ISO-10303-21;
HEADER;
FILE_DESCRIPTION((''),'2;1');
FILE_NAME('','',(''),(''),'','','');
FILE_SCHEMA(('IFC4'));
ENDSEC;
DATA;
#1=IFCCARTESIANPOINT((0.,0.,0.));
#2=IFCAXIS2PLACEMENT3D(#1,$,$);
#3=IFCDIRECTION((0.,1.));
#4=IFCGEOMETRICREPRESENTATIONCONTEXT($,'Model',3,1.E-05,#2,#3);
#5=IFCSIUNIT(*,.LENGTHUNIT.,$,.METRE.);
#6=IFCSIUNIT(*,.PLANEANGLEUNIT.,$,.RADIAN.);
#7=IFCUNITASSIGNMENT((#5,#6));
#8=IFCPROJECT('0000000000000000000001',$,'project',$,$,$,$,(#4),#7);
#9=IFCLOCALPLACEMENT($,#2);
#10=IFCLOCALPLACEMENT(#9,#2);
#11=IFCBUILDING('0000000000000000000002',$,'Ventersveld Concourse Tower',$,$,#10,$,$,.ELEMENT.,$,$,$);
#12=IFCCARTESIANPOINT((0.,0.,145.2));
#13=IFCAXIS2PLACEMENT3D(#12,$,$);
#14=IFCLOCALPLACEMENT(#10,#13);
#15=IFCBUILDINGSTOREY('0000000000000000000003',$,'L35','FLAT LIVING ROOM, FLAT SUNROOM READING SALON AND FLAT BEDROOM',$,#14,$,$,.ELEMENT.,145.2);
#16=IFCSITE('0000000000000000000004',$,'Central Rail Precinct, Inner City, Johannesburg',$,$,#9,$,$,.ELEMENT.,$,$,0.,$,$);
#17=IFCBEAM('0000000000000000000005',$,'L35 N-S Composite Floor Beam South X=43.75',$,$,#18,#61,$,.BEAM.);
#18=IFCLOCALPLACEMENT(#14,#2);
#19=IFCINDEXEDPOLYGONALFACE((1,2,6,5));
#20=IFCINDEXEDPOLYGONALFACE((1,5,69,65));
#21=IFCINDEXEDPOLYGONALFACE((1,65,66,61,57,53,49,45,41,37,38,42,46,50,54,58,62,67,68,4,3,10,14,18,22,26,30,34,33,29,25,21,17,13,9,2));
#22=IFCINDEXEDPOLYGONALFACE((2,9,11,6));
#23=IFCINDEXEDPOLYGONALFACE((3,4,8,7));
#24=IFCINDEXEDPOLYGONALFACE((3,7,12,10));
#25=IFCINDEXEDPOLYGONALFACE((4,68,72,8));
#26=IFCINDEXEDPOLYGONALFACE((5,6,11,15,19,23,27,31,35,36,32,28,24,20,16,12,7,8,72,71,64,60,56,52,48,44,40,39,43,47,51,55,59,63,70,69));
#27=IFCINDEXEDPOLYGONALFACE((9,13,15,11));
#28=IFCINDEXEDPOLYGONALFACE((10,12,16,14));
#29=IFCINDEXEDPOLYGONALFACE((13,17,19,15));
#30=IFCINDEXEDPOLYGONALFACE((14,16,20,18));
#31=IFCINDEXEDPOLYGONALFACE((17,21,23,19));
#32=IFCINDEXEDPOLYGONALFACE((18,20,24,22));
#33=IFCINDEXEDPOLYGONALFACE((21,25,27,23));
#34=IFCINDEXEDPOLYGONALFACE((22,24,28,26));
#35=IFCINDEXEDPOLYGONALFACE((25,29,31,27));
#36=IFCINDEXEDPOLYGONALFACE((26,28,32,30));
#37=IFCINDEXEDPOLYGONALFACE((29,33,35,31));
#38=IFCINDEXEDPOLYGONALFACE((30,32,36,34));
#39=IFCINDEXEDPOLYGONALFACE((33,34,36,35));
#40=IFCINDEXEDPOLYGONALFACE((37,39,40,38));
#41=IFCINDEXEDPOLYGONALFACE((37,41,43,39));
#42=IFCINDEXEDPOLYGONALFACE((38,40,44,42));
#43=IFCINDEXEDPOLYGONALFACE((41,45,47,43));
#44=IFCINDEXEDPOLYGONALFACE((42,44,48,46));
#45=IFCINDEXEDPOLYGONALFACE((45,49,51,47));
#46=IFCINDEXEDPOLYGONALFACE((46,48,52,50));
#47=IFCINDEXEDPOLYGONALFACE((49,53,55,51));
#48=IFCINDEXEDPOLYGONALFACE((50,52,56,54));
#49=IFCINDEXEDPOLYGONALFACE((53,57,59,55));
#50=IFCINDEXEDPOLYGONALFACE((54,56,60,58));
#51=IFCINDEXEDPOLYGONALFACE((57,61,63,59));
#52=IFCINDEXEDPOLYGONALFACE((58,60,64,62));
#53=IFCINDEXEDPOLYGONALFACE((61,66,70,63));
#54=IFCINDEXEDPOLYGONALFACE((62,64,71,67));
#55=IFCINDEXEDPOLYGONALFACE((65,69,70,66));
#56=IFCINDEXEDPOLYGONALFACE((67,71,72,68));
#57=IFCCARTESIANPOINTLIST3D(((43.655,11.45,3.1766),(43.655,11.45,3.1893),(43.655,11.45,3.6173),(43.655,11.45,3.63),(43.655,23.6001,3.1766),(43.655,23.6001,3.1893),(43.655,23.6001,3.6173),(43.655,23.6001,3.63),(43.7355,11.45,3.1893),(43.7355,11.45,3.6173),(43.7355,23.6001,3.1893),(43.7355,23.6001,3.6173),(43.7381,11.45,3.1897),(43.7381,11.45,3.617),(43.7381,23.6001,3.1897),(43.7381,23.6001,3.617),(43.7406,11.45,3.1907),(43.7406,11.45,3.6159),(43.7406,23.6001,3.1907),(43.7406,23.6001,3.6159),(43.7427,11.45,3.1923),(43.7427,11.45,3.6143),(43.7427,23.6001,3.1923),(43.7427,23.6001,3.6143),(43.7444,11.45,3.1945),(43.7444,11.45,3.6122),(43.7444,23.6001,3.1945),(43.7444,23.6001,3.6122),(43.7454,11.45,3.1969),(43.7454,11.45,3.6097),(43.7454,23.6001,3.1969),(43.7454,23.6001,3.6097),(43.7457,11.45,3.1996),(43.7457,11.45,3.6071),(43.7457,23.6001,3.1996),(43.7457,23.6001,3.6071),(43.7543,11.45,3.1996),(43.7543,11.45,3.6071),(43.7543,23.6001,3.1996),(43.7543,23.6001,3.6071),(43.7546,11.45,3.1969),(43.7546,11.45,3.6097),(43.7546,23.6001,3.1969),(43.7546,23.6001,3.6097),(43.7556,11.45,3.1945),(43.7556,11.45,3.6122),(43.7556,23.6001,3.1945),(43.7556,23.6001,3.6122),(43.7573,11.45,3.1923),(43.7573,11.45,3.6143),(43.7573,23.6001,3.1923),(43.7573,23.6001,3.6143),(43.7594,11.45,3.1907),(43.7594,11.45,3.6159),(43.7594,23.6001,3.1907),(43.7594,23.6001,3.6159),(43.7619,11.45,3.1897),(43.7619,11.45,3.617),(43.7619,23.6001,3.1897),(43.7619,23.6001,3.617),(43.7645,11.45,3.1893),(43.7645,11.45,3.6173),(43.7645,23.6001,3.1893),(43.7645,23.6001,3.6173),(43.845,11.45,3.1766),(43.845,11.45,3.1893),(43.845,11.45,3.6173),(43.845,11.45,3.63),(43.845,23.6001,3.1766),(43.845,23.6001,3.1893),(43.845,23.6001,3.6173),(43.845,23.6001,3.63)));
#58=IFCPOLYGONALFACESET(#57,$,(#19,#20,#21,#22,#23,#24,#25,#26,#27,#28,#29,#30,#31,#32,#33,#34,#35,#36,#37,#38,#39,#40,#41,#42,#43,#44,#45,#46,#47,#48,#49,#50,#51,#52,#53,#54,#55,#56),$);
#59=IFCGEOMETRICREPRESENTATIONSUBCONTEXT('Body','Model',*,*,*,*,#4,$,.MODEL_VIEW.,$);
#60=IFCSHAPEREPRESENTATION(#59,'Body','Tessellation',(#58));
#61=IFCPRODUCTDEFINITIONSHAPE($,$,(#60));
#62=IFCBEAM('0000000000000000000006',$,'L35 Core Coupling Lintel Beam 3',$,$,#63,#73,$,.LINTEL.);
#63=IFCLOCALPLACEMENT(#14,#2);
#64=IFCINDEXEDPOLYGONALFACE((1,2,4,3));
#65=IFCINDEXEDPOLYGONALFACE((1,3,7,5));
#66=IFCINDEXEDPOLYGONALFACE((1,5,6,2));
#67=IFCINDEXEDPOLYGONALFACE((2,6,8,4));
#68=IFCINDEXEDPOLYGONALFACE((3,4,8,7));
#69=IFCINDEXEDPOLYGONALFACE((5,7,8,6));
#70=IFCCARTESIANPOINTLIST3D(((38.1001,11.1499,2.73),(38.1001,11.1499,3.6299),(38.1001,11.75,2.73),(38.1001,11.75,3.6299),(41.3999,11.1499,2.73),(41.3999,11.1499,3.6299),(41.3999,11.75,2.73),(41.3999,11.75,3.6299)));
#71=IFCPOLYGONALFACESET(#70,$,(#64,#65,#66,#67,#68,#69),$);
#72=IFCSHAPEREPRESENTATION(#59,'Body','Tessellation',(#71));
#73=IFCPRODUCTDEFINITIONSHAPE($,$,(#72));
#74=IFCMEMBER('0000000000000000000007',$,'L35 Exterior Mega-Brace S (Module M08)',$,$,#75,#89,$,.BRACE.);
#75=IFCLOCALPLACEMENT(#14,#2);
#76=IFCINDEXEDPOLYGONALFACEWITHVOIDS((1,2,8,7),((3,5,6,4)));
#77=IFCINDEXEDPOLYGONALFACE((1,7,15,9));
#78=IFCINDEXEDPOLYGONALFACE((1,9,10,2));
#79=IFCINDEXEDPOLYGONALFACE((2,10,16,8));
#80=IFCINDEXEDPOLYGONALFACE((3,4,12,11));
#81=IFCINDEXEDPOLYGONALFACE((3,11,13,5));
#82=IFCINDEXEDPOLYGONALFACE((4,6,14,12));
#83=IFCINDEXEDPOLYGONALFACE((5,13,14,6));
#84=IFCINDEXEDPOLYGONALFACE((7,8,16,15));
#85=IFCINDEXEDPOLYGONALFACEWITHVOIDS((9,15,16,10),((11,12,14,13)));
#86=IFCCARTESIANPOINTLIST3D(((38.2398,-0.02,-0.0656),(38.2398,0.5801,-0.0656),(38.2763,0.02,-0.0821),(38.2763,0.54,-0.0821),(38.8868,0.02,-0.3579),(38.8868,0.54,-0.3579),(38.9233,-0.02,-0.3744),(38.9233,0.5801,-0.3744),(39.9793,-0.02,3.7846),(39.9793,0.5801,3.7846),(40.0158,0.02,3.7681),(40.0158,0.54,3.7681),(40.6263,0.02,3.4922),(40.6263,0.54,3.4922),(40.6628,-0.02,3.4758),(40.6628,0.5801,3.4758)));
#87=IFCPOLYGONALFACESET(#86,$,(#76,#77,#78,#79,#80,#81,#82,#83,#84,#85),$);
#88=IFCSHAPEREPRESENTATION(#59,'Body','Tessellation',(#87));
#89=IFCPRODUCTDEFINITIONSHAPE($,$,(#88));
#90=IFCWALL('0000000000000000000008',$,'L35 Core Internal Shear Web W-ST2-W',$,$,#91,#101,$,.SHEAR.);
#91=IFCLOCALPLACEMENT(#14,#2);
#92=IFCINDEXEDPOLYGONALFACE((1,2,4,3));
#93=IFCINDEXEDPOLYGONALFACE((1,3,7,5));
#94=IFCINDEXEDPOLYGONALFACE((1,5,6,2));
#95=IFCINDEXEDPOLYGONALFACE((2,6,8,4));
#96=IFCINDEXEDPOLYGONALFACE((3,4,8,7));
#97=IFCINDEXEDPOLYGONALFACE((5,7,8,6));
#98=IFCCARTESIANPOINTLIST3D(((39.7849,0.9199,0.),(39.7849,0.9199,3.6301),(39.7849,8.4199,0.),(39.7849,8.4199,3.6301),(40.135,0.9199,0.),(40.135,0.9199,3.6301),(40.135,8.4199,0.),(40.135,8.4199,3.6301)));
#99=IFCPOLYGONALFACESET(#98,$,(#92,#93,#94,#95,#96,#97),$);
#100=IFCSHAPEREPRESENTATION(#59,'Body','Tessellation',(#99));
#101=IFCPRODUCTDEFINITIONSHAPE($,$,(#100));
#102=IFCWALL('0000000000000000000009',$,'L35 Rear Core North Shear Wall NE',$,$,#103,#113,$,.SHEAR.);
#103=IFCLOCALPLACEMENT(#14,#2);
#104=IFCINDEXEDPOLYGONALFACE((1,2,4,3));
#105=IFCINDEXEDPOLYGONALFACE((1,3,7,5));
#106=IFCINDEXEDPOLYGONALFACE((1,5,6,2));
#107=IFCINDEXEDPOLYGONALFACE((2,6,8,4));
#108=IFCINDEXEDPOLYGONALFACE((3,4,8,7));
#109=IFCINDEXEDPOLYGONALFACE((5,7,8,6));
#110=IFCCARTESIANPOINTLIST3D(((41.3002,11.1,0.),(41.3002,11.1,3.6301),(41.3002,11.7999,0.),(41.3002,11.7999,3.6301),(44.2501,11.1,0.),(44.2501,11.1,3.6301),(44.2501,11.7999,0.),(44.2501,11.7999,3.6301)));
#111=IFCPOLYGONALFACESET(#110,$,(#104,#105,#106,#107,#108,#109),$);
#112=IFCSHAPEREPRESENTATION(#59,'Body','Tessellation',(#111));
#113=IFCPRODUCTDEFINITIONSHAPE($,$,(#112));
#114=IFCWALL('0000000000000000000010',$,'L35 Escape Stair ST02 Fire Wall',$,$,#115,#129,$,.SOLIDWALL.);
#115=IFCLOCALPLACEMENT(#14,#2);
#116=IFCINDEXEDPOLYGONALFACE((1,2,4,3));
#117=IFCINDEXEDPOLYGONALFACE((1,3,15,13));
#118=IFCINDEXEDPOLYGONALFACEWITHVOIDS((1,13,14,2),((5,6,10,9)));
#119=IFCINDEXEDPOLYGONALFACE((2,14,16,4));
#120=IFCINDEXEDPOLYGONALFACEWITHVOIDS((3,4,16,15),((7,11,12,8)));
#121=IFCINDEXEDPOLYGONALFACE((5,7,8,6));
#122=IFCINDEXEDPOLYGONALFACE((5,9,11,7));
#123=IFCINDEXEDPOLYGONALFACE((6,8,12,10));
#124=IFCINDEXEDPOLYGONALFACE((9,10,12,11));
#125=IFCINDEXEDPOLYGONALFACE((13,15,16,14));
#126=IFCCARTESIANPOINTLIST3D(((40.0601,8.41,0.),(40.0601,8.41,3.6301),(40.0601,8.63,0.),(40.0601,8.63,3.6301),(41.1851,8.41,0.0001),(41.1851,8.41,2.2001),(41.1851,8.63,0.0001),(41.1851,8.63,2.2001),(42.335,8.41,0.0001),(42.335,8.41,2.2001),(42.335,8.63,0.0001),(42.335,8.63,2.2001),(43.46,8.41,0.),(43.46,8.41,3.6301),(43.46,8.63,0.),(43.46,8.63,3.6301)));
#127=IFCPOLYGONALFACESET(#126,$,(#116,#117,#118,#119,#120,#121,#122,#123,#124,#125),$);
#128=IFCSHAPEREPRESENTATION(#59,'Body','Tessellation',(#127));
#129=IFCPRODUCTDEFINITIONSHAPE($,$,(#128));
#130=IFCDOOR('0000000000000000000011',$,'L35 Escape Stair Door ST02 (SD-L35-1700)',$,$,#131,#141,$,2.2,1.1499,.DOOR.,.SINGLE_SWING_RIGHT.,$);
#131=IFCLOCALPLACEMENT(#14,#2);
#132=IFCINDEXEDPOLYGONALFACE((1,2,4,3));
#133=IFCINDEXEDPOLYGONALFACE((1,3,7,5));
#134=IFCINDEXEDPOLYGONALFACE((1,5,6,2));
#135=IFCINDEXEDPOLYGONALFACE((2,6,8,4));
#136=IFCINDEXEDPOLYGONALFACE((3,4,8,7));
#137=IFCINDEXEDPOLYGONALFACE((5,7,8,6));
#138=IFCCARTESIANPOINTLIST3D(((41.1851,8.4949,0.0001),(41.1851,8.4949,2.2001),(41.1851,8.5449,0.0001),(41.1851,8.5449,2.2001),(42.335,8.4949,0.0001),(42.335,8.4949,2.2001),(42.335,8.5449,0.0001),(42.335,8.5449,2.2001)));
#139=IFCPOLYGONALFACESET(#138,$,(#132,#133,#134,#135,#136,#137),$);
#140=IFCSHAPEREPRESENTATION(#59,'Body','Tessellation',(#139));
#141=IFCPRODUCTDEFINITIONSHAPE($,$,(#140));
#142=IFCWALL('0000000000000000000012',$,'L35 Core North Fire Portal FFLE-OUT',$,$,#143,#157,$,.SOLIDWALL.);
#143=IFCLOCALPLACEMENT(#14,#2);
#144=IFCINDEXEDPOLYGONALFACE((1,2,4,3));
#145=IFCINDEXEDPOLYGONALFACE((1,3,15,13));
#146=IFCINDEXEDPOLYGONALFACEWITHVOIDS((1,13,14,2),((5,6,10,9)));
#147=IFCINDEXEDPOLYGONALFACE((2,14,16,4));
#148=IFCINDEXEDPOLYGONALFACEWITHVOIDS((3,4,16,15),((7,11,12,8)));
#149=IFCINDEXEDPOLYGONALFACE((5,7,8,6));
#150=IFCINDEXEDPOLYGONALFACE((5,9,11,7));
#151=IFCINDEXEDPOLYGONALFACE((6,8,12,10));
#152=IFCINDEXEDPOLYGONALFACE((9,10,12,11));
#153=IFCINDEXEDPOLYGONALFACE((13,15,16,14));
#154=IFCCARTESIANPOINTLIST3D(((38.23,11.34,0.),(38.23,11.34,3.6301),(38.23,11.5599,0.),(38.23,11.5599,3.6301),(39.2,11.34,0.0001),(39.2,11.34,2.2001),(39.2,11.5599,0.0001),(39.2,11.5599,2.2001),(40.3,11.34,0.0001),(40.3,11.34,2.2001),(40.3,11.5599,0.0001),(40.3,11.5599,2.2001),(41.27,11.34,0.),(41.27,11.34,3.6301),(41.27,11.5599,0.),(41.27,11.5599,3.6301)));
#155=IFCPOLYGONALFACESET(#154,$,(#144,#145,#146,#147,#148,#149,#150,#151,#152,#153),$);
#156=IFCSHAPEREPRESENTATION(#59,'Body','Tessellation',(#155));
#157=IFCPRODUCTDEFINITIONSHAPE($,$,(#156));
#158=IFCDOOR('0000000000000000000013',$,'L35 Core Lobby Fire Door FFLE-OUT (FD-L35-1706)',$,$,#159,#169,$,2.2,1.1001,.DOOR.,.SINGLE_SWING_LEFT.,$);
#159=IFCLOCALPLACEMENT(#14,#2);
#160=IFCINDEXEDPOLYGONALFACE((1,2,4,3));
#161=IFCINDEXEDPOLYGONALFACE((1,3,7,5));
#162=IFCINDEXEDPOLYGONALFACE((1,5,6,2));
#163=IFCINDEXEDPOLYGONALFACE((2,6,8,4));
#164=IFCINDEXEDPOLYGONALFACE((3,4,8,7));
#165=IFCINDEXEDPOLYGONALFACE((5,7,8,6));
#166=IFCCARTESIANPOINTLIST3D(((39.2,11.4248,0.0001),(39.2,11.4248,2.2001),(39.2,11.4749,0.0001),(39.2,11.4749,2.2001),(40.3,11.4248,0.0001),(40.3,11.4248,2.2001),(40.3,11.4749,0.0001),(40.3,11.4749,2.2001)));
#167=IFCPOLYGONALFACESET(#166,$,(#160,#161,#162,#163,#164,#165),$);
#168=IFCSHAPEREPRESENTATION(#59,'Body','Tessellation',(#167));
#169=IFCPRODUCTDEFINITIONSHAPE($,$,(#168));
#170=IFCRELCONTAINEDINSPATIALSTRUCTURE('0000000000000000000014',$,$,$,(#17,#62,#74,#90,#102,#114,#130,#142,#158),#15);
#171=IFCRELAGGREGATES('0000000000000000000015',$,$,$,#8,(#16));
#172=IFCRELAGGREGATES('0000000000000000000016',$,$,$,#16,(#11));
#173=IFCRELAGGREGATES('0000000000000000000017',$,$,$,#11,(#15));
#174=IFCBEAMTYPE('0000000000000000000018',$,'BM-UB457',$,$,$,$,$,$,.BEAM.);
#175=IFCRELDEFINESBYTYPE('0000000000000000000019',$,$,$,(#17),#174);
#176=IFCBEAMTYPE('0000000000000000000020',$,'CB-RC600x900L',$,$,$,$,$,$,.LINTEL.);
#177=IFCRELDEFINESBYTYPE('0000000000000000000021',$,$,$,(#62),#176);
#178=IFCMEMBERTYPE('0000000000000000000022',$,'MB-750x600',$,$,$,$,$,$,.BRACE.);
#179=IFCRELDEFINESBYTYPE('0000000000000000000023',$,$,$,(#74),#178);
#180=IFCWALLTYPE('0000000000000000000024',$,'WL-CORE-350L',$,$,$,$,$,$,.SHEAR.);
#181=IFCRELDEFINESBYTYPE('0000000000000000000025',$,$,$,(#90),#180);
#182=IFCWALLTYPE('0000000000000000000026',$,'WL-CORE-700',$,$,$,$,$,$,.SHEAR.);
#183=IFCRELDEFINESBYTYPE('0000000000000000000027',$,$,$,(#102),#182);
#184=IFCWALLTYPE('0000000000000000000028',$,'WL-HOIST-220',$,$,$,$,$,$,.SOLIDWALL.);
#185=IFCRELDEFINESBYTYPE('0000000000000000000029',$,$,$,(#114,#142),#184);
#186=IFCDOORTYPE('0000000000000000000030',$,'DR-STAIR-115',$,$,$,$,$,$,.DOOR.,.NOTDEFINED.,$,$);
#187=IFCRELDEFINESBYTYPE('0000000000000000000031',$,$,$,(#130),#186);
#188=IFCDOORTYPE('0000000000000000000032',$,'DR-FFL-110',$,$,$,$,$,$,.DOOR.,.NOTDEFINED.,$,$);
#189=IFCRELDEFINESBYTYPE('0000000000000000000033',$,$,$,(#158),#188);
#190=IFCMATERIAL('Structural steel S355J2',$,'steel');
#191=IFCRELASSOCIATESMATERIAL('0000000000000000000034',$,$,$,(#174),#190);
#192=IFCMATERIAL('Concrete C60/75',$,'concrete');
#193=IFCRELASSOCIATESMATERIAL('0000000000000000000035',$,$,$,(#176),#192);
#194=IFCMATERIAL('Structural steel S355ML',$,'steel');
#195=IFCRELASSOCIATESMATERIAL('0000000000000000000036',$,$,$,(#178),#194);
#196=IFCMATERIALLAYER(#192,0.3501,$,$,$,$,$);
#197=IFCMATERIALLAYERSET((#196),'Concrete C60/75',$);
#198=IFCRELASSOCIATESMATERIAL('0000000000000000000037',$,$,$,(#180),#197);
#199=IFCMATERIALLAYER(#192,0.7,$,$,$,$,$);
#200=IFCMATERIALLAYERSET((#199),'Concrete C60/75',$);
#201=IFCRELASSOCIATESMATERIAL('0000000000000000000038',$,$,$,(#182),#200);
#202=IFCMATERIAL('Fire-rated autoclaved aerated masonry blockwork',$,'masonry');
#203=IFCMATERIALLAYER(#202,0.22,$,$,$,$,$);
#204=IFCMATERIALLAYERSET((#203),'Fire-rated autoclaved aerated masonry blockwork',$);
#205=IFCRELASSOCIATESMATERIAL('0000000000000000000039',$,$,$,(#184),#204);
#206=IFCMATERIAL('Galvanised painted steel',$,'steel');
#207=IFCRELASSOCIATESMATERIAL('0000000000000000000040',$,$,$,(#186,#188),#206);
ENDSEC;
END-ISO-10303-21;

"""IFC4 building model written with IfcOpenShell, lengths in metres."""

from ifc_helpers import new_model, si_unit, direction, frame, frame_2d, origin, origin_2d, place, context, subcontext, project, spatial, rectangle, hollow_rectangle, i_section, extrude, material, layer, layer_set, material_profile, profile_set, type_object, element, fill, save


model = new_model("IFC4")

# Units and contexts
model_context = context("Model", 3, precision=1e-05, world=origin(), true_north=direction((0.0, 1.0)))
body_context = subcontext(model_context, "Body", "Model", "MODEL_VIEW")
ifc_project = project(units=[si_unit("LENGTHUNIT", "METRE"), si_unit("PLANEANGLEUNIT", "RADIAN")], contexts=[model_context])

# Site, building, storey
site_placement = place(None, origin())
site = spatial("IfcSite", under=ifc_project, at=site_placement, Name="Central Rail Precinct, Inner City, Johannesburg", CompositionType="ELEMENT", RefElevation=0.0)
building_placement = place(site_placement, origin())
building = spatial("IfcBuilding", under=site, at=building_placement, Name="Ventersveld Concourse Tower", CompositionType="ELEMENT")
storey_placement = place(building_placement, frame((0.0, 0.0, 145.2)))
storey = spatial("IfcBuildingStorey", under=building, at=storey_placement, Name="L35", Description="FLAT LIVING ROOM, FLAT SUNROOM READING SALON AND FLAT BEDROOM", CompositionType="ELEMENT", Elevation=145.2)

# Beams
ifc_material_1 = material(Name="Structural steel S355J2", Category="steel")
ifc_material_profile_1 = material_profile(ifc_material_1, i_section(OverallWidth=0.1899, OverallDepth=0.4534, WebThickness=0.0085, FlangeThickness=0.0127, FilletRadius=0.0103, at=origin_2d()), Name="UB 457x191x67")
ifc_profile_set_1 = profile_set([ifc_material_profile_1], Name="Structural steel S355J2")
beam_type_1 = type_object("IfcBeamType", Name="BM-UB457", PredefinedType="BEAM", material=ifc_profile_set_1)
beam_1_placement = place(storey_placement, frame((43.75, 11.45, 3.4033), z_axis=(0.0, 1.0, 0.0), x_axis=(-1.0, 0.0, 0.0)))
element("IfcBeam", 1, at=beam_1_placement, inside=storey, type_object=beam_type_1, Name="L35 N-S Composite Floor Beam South X=43.75", PredefinedType="BEAM", context=body_context, shape_type="SweptSolid", body=[
    extrude(i_section(OverallWidth=0.1899, OverallDepth=0.4534, WebThickness=0.0085, FlangeThickness=0.0127, FilletRadius=0.0103, at=origin_2d()), origin(), (0.0, 0.0, 1.0), 12.1501),
])
ifc_material_2 = material(Name="Concrete C60/75", Category="concrete")
ifc_material_profile_2 = material_profile(ifc_material_2, rectangle(XDim=0.6001, YDim=0.8999, at=origin_2d()), Name="RC 600x900")
ifc_profile_set_2 = profile_set([ifc_material_profile_2], Name="Concrete C60/75")
beam_type_2 = type_object("IfcBeamType", Name="CB-RC600x900L", PredefinedType="LINTEL", material=ifc_profile_set_2)
beam_2_placement = place(storey_placement, frame((38.1001, 11.45, 3.1799), z_axis=(1.0, 0.0, 0.0), x_axis=(0.0, 1.0, 0.0)))
element("IfcBeam", 2, at=beam_2_placement, inside=storey, type_object=beam_type_2, Name="L35 Core Coupling Lintel Beam 3", PredefinedType="LINTEL", context=body_context, shape_type="SweptSolid", body=[
    extrude(rectangle(XDim=0.6001, YDim=0.8999, at=origin_2d()), origin(), (0.0, 0.0, 1.0), 3.2998),
])

# Member
ifc_material_3 = material(Name="Structural steel S355ML", Category="steel")
ifc_material_profile_3 = material_profile(ifc_material_3, hollow_rectangle(XDim=0.6001, YDim=0.75, WallThickness=0.04, at=origin_2d()), Name="BOX 750x600x40")
ifc_profile_set_3 = profile_set([ifc_material_profile_3], Name="Structural steel S355ML")
member_type = type_object("IfcMemberType", Name="MB-750x600", PredefinedType="BRACE", material=ifc_profile_set_3)
member_placement = place(storey_placement, frame((38.5815, 0.28, -0.22), z_axis=(0.411734, 0.0, 0.911304), x_axis=(0.0, 1.0, 0.0)))
element("IfcMember", 3, at=member_placement, inside=storey, type_object=member_type, Name="L35 Exterior Mega-Brace S (Module M08)", PredefinedType="BRACE", context=body_context, shape_type="SweptSolid", body=[
    extrude(hollow_rectangle(XDim=0.6001, YDim=0.75, WallThickness=0.04, at=origin_2d()), origin(), (0.0, 0.0, 1.0), 4.2249),
])

# Walls
ifc_layer_1 = layer(ifc_material_2, 0.3501)
ifc_layer_set_1 = layer_set([ifc_layer_1], Name="Concrete C60/75")
wall_type_1 = type_object("IfcWallType", Name="WL-CORE-350L", PredefinedType="SHEAR", material=ifc_layer_set_1)
wall_1_placement = place(storey_placement, frame((39.96, 0.9199, 0.0), z_axis=(0.0, 0.0, 1.0), x_axis=(0.0, 1.0, 0.0)))
element("IfcWall", 4, at=wall_1_placement, inside=storey, type_object=wall_type_1, Name="L35 Core Internal Shear Web W-ST2-W", PredefinedType="SHEAR", context=body_context, shape_type="SweptSolid", body=[
    extrude(rectangle(XDim=7.5, YDim=0.3501, at=frame_2d((3.75, 0.0))), origin(), (0.0, 0.0, 1.0), 3.6301),
])
ifc_layer_2 = layer(ifc_material_2, 0.7)
ifc_layer_set_2 = layer_set([ifc_layer_2], Name="Concrete C60/75")
wall_type_2 = type_object("IfcWallType", Name="WL-CORE-700", PredefinedType="SHEAR", material=ifc_layer_set_2)
wall_2_placement = place(storey_placement, frame((41.3, 11.45, 0.0), z_axis=(0.0, 0.0, 1.0), x_axis=(1.0, 0.0, 0.0)))
element("IfcWall", 5, at=wall_2_placement, inside=storey, type_object=wall_type_2, Name="L35 Rear Core North Shear Wall NE", PredefinedType="SHEAR", context=body_context, shape_type="SweptSolid", body=[
    extrude(rectangle(XDim=2.95, YDim=0.7, at=frame_2d((1.4751, 0.0))), origin(), (0.0, 0.0, 1.0), 3.6301),
])

# Walls, openings, doors
ifc_material_4 = material(Name="Fire-rated autoclaved aerated masonry blockwork", Category="masonry")
ifc_layer_3 = layer(ifc_material_4, 0.22)
ifc_layer_set_3 = layer_set([ifc_layer_3], Name="Fire-rated autoclaved aerated masonry blockwork")
wall_type_3 = type_object("IfcWallType", Name="WL-HOIST-220", PredefinedType="SOLIDWALL", material=ifc_layer_set_3)
wall_3_placement = place(storey_placement, frame((40.0601, 8.52, 0.0), z_axis=(0.0, 0.0, 1.0), x_axis=(1.0, 0.0, 0.0)))
wall_3 = element("IfcWall", 6, at=wall_3_placement, inside=storey, type_object=wall_type_3, Name="L35 Escape Stair ST02 Fire Wall", PredefinedType="SOLIDWALL", context=body_context, shape_type="SweptSolid", body=[
    extrude(rectangle(XDim=3.3999, YDim=0.22, at=frame_2d((1.7, 0.0))), origin(), (0.0, 0.0, 1.0), 3.6301),
])
opening_1_placement = place(wall_3_placement, frame((1.125, 0.0, 0.0)))
opening_1 = element("IfcOpeningElement", 7, at=opening_1_placement, cuts=wall_3, PredefinedType="OPENING", context=body_context, shape_type="SweptSolid", body=[
    extrude(rectangle(XDim=1.1499, YDim=2.2, at=frame_2d((0.575, 1.1001))), frame((0.0, 0.1201, 0.0), z_axis=(0.0, -1.0, 0.0), x_axis=(1.0, 0.0, 0.0)), (0.0, 0.0, 1.0), 0.24),
])
ifc_material_5 = material(Name="Galvanised painted steel", Category="steel")
door_type_1 = type_object("IfcDoorType", Name="DR-STAIR-115", OperationType="NOTDEFINED", PredefinedType="DOOR", material=ifc_material_5)
door_1_placement = place(opening_1_placement, origin())
door_1 = element("IfcDoor", 8, at=door_1_placement, inside=storey, type_object=door_type_1, Name="L35 Escape Stair Door ST02 (SD-L35-1700)", OperationType="SINGLE_SWING_RIGHT", OverallHeight=2.2, OverallWidth=1.1499, PredefinedType="DOOR", context=body_context, shape_type="SweptSolid", body=[
    extrude(rectangle(XDim=1.1499, YDim=2.2, at=frame_2d((0.575, 1.1001))), frame((0.0, 0.0249, 0.0), z_axis=(0.0, -1.0, 0.0), x_axis=(1.0, 0.0, 0.0)), (0.0, 0.0, 1.0), 0.05),
])
fill(opening_1, door_1)
wall_4_placement = place(storey_placement, frame((38.23, 11.45, 0.0), z_axis=(0.0, 0.0, 1.0), x_axis=(1.0, 0.0, 0.0)))
wall_4 = element("IfcWall", 9, at=wall_4_placement, inside=storey, type_object=wall_type_3, Name="L35 Core North Fire Portal FFLE-OUT", PredefinedType="SOLIDWALL", context=body_context, shape_type="SweptSolid", body=[
    extrude(rectangle(XDim=3.04, YDim=0.22, at=frame_2d((1.52, 0.0))), origin(), (0.0, 0.0, 1.0), 3.6301),
])
opening_2_placement = place(wall_4_placement, frame((0.97, 0.0, 0.0)))
opening_2 = element("IfcOpeningElement", 10, at=opening_2_placement, cuts=wall_4, PredefinedType="OPENING", context=body_context, shape_type="SweptSolid", body=[
    extrude(rectangle(XDim=1.1001, YDim=2.2, at=frame_2d((0.55, 1.1001))), frame((0.0, 0.1201, 0.0), z_axis=(0.0, -1.0, 0.0), x_axis=(1.0, 0.0, 0.0)), (0.0, 0.0, 1.0), 0.24),
])
door_type_2 = type_object("IfcDoorType", Name="DR-FFL-110", OperationType="NOTDEFINED", PredefinedType="DOOR", material=ifc_material_5)
door_2_placement = place(opening_2_placement, origin())
door_2 = element("IfcDoor", 11, at=door_2_placement, inside=storey, type_object=door_type_2, Name="L35 Core Lobby Fire Door FFLE-OUT (FD-L35-1706)", OperationType="SINGLE_SWING_LEFT", OverallHeight=2.2, OverallWidth=1.1001, PredefinedType="DOOR", context=body_context, shape_type="SweptSolid", body=[
    extrude(rectangle(XDim=1.1001, YDim=2.2, at=frame_2d((0.55, 1.1001))), frame((0.0, 0.0249, 0.0), z_axis=(0.0, -1.0, 0.0), x_axis=(1.0, 0.0, 0.0)), (0.0, 0.0, 1.0), 0.05),
])
fill(opening_2, door_2)

save(model, "model.ifc")
